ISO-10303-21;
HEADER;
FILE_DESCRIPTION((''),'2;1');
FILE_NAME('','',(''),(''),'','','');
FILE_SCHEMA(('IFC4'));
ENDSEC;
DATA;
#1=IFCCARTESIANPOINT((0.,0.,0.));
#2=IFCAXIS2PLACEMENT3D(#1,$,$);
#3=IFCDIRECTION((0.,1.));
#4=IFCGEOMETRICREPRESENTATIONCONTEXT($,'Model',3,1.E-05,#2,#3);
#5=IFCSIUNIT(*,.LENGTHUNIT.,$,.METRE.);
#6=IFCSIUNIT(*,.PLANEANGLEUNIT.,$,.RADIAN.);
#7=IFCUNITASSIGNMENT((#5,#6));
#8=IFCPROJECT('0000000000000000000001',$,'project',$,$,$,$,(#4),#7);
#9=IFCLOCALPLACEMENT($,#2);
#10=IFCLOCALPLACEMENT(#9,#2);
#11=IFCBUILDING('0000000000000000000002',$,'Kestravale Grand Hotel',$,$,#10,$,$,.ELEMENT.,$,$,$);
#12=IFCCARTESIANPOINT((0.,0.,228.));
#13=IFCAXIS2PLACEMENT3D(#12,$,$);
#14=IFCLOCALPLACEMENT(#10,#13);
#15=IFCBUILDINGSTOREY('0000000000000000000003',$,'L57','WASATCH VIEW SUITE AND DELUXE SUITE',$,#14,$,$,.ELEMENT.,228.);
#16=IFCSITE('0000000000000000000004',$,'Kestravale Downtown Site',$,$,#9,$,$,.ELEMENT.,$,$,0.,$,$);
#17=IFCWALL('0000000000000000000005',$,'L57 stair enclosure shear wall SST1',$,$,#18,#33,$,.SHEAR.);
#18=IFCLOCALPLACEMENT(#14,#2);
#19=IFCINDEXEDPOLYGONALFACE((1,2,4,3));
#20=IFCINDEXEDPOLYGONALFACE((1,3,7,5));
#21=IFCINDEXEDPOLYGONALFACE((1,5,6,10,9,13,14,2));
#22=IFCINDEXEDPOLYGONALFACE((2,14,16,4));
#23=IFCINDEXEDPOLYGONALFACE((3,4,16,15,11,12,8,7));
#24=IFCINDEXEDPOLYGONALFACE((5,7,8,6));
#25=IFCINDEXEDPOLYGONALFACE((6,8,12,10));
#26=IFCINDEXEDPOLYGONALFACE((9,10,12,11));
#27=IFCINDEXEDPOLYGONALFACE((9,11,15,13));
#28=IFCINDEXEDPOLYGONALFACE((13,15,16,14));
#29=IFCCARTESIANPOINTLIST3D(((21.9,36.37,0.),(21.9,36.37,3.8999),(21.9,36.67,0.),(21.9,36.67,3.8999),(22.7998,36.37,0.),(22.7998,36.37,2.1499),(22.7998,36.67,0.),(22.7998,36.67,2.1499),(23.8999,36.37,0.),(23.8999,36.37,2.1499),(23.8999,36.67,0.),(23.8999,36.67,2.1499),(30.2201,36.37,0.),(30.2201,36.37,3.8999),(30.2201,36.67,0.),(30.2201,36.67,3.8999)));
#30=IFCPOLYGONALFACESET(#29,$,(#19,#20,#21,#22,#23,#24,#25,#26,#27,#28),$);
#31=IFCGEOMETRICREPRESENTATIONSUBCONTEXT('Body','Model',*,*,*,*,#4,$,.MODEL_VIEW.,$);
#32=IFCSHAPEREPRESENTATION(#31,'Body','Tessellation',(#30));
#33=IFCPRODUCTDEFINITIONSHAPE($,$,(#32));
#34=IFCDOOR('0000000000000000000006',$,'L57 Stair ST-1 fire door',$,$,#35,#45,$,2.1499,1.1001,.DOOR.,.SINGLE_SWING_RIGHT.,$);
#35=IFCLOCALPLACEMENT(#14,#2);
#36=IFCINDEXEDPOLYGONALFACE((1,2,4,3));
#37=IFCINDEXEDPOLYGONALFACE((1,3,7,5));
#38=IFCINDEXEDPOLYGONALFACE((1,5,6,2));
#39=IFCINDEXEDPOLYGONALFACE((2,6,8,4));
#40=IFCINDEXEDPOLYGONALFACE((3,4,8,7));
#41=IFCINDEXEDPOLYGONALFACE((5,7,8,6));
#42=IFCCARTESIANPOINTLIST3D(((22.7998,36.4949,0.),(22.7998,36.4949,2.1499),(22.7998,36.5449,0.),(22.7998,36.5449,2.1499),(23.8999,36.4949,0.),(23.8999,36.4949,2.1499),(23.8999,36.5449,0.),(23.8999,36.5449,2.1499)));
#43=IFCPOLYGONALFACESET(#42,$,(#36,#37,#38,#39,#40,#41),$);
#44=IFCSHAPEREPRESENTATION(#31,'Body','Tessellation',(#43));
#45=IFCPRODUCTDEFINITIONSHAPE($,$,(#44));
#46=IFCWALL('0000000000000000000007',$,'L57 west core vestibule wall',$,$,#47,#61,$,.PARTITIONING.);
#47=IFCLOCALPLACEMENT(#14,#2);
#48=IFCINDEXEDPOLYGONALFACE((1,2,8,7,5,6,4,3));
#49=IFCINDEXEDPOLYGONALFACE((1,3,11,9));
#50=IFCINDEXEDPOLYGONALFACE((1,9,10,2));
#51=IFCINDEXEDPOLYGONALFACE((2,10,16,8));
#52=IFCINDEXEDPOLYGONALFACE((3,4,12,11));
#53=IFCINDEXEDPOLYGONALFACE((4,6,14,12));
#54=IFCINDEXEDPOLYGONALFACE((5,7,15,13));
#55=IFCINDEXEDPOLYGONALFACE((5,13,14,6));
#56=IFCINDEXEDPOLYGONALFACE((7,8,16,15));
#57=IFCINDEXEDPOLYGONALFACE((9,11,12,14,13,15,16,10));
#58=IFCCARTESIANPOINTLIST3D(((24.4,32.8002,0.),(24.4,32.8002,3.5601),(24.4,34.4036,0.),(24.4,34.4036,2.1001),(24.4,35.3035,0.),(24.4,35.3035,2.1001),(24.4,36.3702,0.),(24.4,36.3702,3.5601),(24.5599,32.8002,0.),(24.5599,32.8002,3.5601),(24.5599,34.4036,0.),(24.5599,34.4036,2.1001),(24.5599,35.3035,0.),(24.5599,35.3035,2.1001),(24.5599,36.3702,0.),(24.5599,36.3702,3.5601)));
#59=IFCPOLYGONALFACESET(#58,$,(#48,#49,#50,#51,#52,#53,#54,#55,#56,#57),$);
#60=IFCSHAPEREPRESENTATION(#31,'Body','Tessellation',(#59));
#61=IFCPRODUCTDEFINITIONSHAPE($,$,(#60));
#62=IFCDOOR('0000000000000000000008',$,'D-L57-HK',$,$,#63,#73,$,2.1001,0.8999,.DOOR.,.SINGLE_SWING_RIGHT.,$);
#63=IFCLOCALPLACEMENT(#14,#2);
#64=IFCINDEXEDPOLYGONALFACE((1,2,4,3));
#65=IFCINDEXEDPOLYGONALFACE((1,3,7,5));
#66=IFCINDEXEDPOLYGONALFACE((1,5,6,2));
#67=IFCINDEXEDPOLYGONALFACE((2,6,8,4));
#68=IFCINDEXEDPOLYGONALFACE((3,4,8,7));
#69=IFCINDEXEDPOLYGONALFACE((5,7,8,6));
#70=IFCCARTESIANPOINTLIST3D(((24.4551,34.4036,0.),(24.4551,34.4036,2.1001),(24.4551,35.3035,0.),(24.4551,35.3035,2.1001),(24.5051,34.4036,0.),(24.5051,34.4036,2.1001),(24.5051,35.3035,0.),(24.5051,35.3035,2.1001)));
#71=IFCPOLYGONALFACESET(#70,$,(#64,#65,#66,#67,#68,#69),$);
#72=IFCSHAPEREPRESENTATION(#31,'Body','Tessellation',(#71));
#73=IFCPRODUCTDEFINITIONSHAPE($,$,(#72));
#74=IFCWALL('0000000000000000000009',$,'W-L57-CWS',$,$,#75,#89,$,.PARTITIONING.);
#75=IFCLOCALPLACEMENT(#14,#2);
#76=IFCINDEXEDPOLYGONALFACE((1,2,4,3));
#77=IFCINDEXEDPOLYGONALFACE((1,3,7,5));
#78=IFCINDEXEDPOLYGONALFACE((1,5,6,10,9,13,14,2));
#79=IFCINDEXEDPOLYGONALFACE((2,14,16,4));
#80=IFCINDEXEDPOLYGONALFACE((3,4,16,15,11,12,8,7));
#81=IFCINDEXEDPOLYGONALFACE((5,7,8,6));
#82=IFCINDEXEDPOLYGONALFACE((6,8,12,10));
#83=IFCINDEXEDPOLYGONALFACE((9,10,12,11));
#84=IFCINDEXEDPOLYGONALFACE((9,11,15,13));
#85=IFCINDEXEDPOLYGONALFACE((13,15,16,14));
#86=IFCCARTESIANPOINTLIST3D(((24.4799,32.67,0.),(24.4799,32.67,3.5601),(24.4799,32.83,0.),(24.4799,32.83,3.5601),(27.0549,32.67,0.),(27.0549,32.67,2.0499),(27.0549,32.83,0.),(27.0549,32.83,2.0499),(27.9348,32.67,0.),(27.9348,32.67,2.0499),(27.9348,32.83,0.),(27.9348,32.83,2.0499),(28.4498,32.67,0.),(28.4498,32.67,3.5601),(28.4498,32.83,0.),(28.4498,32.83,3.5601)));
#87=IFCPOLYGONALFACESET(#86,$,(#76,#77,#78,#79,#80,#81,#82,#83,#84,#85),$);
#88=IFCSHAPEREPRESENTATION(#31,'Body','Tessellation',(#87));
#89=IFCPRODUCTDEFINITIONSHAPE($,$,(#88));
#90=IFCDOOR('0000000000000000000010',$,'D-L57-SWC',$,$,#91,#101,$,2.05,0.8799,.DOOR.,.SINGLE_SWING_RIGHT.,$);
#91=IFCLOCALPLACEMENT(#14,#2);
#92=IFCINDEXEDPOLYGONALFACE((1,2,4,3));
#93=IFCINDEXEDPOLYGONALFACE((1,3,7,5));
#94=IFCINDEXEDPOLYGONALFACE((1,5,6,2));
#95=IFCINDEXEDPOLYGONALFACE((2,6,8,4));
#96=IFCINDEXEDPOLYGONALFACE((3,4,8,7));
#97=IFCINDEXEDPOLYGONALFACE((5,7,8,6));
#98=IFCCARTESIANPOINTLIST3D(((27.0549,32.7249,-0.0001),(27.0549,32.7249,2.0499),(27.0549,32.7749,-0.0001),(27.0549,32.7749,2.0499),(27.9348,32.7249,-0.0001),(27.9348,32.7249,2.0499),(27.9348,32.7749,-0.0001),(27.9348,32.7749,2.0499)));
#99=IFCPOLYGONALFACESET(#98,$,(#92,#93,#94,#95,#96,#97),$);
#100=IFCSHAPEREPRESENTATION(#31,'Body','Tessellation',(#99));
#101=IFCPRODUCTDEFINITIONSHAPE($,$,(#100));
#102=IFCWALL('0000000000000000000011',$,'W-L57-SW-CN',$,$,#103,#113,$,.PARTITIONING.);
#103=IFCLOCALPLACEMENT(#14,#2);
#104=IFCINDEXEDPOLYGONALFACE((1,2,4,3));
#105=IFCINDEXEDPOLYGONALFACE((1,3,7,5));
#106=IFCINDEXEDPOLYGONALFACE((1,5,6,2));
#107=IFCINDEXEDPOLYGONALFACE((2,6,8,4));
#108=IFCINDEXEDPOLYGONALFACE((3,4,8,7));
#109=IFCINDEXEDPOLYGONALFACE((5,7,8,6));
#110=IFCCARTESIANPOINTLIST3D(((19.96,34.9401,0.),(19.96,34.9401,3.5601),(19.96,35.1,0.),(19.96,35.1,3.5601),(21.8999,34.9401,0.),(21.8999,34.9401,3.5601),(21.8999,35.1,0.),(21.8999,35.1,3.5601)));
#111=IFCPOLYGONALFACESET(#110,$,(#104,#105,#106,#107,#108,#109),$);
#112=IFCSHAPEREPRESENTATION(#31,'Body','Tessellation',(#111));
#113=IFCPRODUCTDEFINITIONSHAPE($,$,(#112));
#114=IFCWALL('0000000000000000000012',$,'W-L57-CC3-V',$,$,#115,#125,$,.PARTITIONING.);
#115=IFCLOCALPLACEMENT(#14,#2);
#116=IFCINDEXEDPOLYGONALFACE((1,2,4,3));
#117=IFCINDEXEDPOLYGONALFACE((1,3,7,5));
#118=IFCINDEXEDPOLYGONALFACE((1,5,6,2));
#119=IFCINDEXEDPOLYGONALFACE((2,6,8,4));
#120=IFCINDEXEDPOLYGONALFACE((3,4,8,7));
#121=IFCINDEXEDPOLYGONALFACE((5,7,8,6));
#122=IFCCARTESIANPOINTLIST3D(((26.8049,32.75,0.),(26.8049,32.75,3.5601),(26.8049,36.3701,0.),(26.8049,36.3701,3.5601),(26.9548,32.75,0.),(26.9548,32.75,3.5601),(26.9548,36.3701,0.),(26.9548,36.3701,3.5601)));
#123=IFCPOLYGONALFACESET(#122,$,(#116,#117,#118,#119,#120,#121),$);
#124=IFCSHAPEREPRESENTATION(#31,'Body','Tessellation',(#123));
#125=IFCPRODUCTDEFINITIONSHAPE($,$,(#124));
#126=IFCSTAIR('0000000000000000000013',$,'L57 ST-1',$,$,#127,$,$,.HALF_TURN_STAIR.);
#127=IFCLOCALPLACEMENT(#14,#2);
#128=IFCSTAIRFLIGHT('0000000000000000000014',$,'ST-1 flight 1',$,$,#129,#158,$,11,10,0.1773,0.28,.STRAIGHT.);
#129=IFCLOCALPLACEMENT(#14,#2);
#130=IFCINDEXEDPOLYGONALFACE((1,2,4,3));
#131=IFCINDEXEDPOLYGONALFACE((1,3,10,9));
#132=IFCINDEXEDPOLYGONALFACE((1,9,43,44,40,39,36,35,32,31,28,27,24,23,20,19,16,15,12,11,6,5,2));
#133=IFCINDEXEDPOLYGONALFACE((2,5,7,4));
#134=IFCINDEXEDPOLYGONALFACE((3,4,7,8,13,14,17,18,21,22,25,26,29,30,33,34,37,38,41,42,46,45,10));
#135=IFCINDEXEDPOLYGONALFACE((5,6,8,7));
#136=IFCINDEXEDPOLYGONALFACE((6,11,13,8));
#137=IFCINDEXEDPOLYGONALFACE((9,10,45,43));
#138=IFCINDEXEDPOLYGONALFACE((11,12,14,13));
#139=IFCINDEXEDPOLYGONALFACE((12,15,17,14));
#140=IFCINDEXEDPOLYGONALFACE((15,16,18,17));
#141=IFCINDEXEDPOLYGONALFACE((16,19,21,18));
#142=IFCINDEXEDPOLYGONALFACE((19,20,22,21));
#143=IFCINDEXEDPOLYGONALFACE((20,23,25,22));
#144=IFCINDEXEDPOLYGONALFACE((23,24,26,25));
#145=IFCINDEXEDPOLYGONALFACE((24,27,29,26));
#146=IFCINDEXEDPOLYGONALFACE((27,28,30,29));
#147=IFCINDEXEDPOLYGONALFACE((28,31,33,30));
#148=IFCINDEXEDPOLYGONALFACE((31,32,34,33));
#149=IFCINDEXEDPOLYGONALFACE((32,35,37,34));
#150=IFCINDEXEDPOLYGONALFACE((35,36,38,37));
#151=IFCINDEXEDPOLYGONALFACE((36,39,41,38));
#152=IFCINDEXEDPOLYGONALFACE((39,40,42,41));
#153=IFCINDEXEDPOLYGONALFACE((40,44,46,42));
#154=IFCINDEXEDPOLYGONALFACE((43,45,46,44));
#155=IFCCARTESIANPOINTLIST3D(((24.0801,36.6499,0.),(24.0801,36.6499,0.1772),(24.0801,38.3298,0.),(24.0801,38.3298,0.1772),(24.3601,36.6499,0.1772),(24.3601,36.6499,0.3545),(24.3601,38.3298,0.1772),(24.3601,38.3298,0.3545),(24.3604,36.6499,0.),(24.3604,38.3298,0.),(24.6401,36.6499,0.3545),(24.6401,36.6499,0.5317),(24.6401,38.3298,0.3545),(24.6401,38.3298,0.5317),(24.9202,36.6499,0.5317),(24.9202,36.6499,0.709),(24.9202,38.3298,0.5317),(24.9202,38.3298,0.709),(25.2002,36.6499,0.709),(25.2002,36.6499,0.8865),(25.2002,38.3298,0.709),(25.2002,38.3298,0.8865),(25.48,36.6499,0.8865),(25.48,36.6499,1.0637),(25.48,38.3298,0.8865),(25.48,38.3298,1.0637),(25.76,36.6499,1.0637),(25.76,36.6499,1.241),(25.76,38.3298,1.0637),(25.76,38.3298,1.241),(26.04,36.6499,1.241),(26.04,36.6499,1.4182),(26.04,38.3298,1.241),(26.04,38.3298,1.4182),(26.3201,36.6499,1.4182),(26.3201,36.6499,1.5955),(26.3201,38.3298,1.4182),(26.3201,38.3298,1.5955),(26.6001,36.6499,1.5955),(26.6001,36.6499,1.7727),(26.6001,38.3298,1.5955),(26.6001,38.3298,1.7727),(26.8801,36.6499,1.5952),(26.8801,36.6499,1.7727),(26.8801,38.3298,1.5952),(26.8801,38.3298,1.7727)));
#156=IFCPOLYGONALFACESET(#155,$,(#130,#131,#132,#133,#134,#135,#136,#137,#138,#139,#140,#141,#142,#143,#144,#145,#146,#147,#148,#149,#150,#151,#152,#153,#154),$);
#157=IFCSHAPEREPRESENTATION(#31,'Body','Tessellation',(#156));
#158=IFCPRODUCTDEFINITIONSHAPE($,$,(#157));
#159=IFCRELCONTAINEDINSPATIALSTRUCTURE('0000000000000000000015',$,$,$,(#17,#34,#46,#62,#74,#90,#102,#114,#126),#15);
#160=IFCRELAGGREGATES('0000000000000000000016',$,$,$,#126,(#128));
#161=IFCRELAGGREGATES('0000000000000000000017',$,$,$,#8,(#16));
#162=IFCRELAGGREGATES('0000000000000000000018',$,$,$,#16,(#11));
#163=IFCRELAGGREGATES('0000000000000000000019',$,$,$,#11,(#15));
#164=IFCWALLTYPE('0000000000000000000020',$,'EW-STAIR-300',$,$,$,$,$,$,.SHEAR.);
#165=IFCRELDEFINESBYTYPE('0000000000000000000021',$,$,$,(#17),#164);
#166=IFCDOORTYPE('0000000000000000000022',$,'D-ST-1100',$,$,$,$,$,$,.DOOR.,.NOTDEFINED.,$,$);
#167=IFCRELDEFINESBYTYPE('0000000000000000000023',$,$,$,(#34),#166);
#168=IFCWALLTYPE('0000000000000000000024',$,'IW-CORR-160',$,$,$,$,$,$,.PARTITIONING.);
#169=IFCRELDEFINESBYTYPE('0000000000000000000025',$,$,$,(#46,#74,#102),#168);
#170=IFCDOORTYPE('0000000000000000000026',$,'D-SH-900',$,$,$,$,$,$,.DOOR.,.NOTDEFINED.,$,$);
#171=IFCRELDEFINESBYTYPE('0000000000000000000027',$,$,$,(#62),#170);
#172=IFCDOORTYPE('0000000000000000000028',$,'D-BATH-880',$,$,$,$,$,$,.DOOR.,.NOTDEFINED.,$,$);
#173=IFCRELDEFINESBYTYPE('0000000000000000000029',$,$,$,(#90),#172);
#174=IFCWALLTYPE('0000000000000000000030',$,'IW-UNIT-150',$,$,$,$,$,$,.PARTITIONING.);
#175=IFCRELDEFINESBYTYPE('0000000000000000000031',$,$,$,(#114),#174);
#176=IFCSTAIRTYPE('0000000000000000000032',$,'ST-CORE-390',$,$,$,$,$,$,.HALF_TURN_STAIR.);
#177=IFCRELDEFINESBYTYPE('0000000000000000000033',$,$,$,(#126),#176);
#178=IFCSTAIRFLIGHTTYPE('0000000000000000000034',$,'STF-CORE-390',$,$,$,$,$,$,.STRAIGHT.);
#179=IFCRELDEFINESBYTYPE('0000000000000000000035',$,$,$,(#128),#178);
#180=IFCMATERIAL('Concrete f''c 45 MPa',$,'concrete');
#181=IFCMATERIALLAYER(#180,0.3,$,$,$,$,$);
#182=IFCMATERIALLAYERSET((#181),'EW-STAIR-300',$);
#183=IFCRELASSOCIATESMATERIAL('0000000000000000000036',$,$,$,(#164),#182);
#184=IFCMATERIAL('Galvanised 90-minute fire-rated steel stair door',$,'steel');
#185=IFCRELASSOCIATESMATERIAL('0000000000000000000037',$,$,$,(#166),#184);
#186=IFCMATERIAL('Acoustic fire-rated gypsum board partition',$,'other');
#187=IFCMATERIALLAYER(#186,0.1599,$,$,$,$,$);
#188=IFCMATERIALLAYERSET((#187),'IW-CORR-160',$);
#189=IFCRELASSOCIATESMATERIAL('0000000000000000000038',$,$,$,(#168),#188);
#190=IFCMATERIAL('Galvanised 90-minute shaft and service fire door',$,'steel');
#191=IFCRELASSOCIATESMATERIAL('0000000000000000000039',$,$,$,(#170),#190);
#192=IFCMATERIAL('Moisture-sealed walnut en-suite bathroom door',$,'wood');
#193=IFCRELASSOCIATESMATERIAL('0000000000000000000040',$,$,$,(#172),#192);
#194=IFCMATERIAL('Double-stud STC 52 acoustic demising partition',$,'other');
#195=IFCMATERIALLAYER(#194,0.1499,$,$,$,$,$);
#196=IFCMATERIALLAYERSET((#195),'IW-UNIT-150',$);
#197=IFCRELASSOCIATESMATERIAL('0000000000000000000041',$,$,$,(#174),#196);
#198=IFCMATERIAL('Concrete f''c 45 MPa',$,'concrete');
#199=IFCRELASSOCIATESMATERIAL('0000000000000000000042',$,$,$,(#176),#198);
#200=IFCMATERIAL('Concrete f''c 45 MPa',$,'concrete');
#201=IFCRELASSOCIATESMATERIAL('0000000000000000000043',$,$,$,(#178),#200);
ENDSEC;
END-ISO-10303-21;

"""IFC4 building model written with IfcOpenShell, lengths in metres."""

from ifc_helpers import new_model, si_unit, direction, frame, frame_2d, origin, place, context, subcontext, project, spatial, polyline, rectangle, outline, extrude, material, layer, layer_set, type_object, element, fill, aggregate, save


model = new_model("IFC4")

# Units and contexts
model_context = context("Model", 3, precision=1e-05, world=origin(), true_north=direction((0.0, 1.0)))
body_context = subcontext(model_context, "Body", "Model", "MODEL_VIEW")
ifc_project = project(units=[si_unit("LENGTHUNIT", "METRE"), si_unit("PLANEANGLEUNIT", "RADIAN")], contexts=[model_context])

# Site, building, storey
site_placement = place(None, origin())
site = spatial("IfcSite", under=ifc_project, at=site_placement, Name="Kestravale Downtown Site", CompositionType="ELEMENT", RefElevation=0.0)
building_placement = place(site_placement, origin())
building = spatial("IfcBuilding", under=site, at=building_placement, Name="Kestravale Grand Hotel", CompositionType="ELEMENT")
storey_placement = place(building_placement, frame((0.0, 0.0, 228.0)))
storey = spatial("IfcBuildingStorey", under=building, at=storey_placement, Name="L57", Description="WASATCH VIEW SUITE AND DELUXE SUITE", CompositionType="ELEMENT", Elevation=228.0)

# Walls, openings, doors
ifc_material_1 = material(Name="Concrete f'c 45 MPa", Category="concrete")
ifc_layer_1 = layer(ifc_material_1, 0.3)
ifc_layer_set_1 = layer_set([ifc_layer_1], Name="EW-STAIR-300")
wall_type_1 = type_object("IfcWallType", Name="EW-STAIR-300", PredefinedType="SHEAR", material=ifc_layer_set_1)
wall_1_placement = place(storey_placement, frame((21.8999, 36.52, 0.0), z_axis=(0.0, 0.0, 1.0), x_axis=(1.0, 0.0, 0.0)))
wall_1 = element("IfcWall", 1, at=wall_1_placement, inside=storey, type_object=wall_type_1, Name="L57 stair enclosure shear wall SST1", PredefinedType="SHEAR", context=body_context, shape_type="SweptSolid", body=[
    extrude(rectangle(XDim=8.3201, YDim=0.3, at=frame_2d((4.1602, 0.0))), origin(), (0.0, 0.0, 1.0), 3.8999),
])
opening_1_placement = place(wall_1_placement, frame((0.8999, 0.0, 0.0)))
opening_1 = element("IfcOpeningElement", 2, at=opening_1_placement, cuts=wall_1, PredefinedType="OPENING", context=body_context, shape_type="SweptSolid", body=[
    extrude(rectangle(XDim=1.1001, YDim=2.1499, at=frame_2d((0.55, 1.075))), frame((0.0, 0.1599, 0.0), z_axis=(0.0, -1.0, 0.0), x_axis=(1.0, 0.0, 0.0)), (0.0, 0.0, 1.0), 0.3201),
])
ifc_material_2 = material(Name="Galvanised 90-minute fire-rated steel stair door", Category="steel")
door_type_1 = type_object("IfcDoorType", Name="D-ST-1100", OperationType="NOTDEFINED", PredefinedType="DOOR", material=ifc_material_2)
door_1_placement = place(opening_1_placement, origin())
door_1 = element("IfcDoor", 3, at=door_1_placement, inside=storey, type_object=door_type_1, Name="L57 Stair ST-1 fire door", OperationType="SINGLE_SWING_RIGHT", OverallHeight=2.1499, OverallWidth=1.1001, PredefinedType="DOOR", context=body_context, shape_type="SweptSolid", body=[
    extrude(rectangle(XDim=1.1001, YDim=2.1499, at=frame_2d((0.55, 1.075))), frame((0.0, 0.0249, 0.0), z_axis=(0.0, -1.0, 0.0), x_axis=(1.0, 0.0, 0.0)), (0.0, 0.0, 1.0), 0.05),
])
fill(opening_1, door_1)
ifc_material_3 = material(Name="Acoustic fire-rated gypsum board partition", Category="other")
ifc_layer_2 = layer(ifc_material_3, 0.1599)
ifc_layer_set_2 = layer_set([ifc_layer_2], Name="IW-CORR-160")
wall_type_2 = type_object("IfcWallType", Name="IW-CORR-160", PredefinedType="PARTITIONING", material=ifc_layer_set_2)
wall_2_placement = place(storey_placement, frame((24.48, 32.8, 0.0), z_axis=(0.0, 0.0, 1.0), x_axis=(0.0, 1.0, 0.0)))
wall_2 = element("IfcWall", 4, at=wall_2_placement, inside=storey, type_object=wall_type_2, Name="L57 west core vestibule wall", PredefinedType="PARTITIONING", context=body_context, shape_type="SweptSolid", body=[
    extrude(rectangle(XDim=3.5701, YDim=0.1599, at=frame_2d((1.7852, 0.0))), origin(), (0.0, 0.0, 1.0), 3.5601),
])
opening_2_placement = place(wall_2_placement, frame((1.6035, 0.0, 0.0)))
opening_2 = element("IfcOpeningElement", 5, at=opening_2_placement, cuts=wall_2, PredefinedType="OPENING", context=body_context, shape_type="SweptSolid", body=[
    extrude(rectangle(XDim=0.8999, YDim=2.1001, at=frame_2d((0.45, 1.05))), frame((0.0, 0.0898, 0.0), z_axis=(0.0, -1.0, 0.0), x_axis=(1.0, 0.0, 0.0)), (0.0, 0.0, 1.0), 0.1799),
])
ifc_material_4 = material(Name="Galvanised 90-minute shaft and service fire door", Category="steel")
door_type_2 = type_object("IfcDoorType", Name="D-SH-900", OperationType="NOTDEFINED", PredefinedType="DOOR", material=ifc_material_4)
door_2_placement = place(opening_2_placement, origin())
door_2 = element("IfcDoor", 6, at=door_2_placement, inside=storey, type_object=door_type_2, Name="D-L57-HK", OperationType="SINGLE_SWING_RIGHT", OverallHeight=2.1001, OverallWidth=0.8999, PredefinedType="DOOR", context=body_context, shape_type="SweptSolid", body=[
    extrude(rectangle(XDim=0.8999, YDim=2.1001, at=frame_2d((0.45, 1.05))), frame((0.0, 0.0249, 0.0), z_axis=(0.0, -1.0, 0.0), x_axis=(1.0, 0.0, 0.0)), (0.0, 0.0, 1.0), 0.05),
])
fill(opening_2, door_2)
wall_3_placement = place(storey_placement, frame((24.48, 32.75, 0.0), z_axis=(0.0, 0.0, 1.0), x_axis=(1.0, 0.0, 0.0)))
wall_3 = element("IfcWall", 7, at=wall_3_placement, inside=storey, type_object=wall_type_2, Name="W-L57-CWS", PredefinedType="PARTITIONING", context=body_context, shape_type="SweptSolid", body=[
    extrude(rectangle(XDim=3.97, YDim=0.1599, at=frame_2d((1.9849, 0.0))), origin(), (0.0, 0.0, 1.0), 3.5601),
])
opening_3_placement = place(wall_3_placement, frame((2.575, 0.0, 0.0)))
opening_3 = element("IfcOpeningElement", 8, at=opening_3_placement, cuts=wall_3, PredefinedType="OPENING", context=body_context, shape_type="SweptSolid", body=[
    extrude(rectangle(XDim=0.8799, YDim=2.05, at=frame_2d((0.4399, 1.0249))), frame((0.0, 0.0898, 0.0), z_axis=(0.0, -1.0, 0.0), x_axis=(1.0, 0.0, 0.0)), (0.0, 0.0, 1.0), 0.1799),
])
ifc_material_5 = material(Name="Moisture-sealed walnut en-suite bathroom door", Category="wood")
door_type_3 = type_object("IfcDoorType", Name="D-BATH-880", OperationType="NOTDEFINED", PredefinedType="DOOR", material=ifc_material_5)
door_3_placement = place(opening_3_placement, origin())
door_3 = element("IfcDoor", 9, at=door_3_placement, inside=storey, type_object=door_type_3, Name="D-L57-SWC", OperationType="SINGLE_SWING_RIGHT", OverallHeight=2.05, OverallWidth=0.8799, PredefinedType="DOOR", context=body_context, shape_type="SweptSolid", body=[
    extrude(rectangle(XDim=0.8799, YDim=2.05, at=frame_2d((0.4399, 1.0249))), frame((0.0, 0.0249, 0.0), z_axis=(0.0, -1.0, 0.0), x_axis=(1.0, 0.0, 0.0)), (0.0, 0.0, 1.0), 0.05),
])
fill(opening_3, door_3)

# Walls
wall_4_placement = place(storey_placement, frame((19.96, 35.02, 0.0), z_axis=(0.0, 0.0, 1.0), x_axis=(1.0, 0.0, 0.0)))
element("IfcWall", 10, at=wall_4_placement, inside=storey, type_object=wall_type_2, Name="W-L57-SW-CN", PredefinedType="PARTITIONING", context=body_context, shape_type="SweptSolid", body=[
    extrude(rectangle(XDim=1.9399, YDim=0.1599, at=frame_2d((0.97, 0.0))), origin(), (0.0, 0.0, 1.0), 3.5601),
])
ifc_material_6 = material(Name="Double-stud STC 52 acoustic demising partition", Category="other")
ifc_layer_3 = layer(ifc_material_6, 0.1499)
ifc_layer_set_3 = layer_set([ifc_layer_3], Name="IW-UNIT-150")
wall_type_3 = type_object("IfcWallType", Name="IW-UNIT-150", PredefinedType="PARTITIONING", material=ifc_layer_set_3)
wall_5_placement = place(storey_placement, frame((26.8799, 32.75, 0.0), z_axis=(0.0, 0.0, 1.0), x_axis=(0.0, 1.0, 0.0)))
element("IfcWall", 11, at=wall_5_placement, inside=storey, type_object=wall_type_3, Name="W-L57-CC3-V", PredefinedType="PARTITIONING", context=body_context, shape_type="SweptSolid", body=[
    extrude(rectangle(XDim=3.6201, YDim=0.1499, at=frame_2d((1.8101, 0.0))), origin(), (0.0, 0.0, 1.0), 3.5601),
])

# Stair, stair flight
ifc_material_7 = material(Name="Concrete f'c 45 MPa", Category="concrete")
stair_type = type_object("IfcStairType", Name="ST-CORE-390", PredefinedType="HALF_TURN_STAIR", material=ifc_material_7)
stair_placement = place(storey_placement, origin())
stair = element("IfcStair", 12, at=stair_placement, inside=storey, type_object=stair_type, Name="L57 ST-1", PredefinedType="HALF_TURN_STAIR")
ifc_material_8 = material(Name="Concrete f'c 45 MPa", Category="concrete")
stair_flight_type = type_object("IfcStairFlightType", Name="STF-CORE-390", PredefinedType="STRAIGHT", material=ifc_material_8)
stair_flight_1_placement = place(storey_placement, frame((24.0801, 37.49, 0.0), z_axis=(0.0, 0.0, 1.0), x_axis=(1.0, 0.0, 0.0)))
stair_flight_1 = element("IfcStairFlight", 13, at=stair_flight_1_placement, type_object=stair_flight_type, Name="ST-1 flight 1", NumberOfRisers=11, NumberOfTreads=10, PredefinedType="STRAIGHT", RiserHeight=0.1773, TreadLength=0.28, context=body_context, shape_type="SweptSolid", body=[
    extrude(outline(polyline([(0.0, 0.0), (0.0, 0.1772), (0.28, 0.1772), (0.28, 0.3545), (0.5601, 0.3545), (0.5601, 0.5317), (0.8401, 0.5317), (0.8401, 0.709), (1.1201, 0.709), (1.1201, 0.8865), (1.3999, 0.8865), (1.3999, 1.0637), (1.6799, 1.0637), (1.6799, 1.241), (1.96, 1.241), (1.96, 1.4182), (2.24, 1.4182), (2.24, 1.5955), (2.52, 1.5955), (2.52, 1.7727), (2.8, 1.7727), (2.8, 1.95), (2.8, 1.5952), (0.2803, 0.0), (0.0, 0.0)])), frame((0.0, 0.8398, 0.0), z_axis=(0.0, -1.0, 0.0), x_axis=(1.0, 0.0, 0.0)), (0.0, 0.0, 1.0), 1.6799),
])
aggregate(stair, [stair_flight_1])

save(model, "model.ifc")
